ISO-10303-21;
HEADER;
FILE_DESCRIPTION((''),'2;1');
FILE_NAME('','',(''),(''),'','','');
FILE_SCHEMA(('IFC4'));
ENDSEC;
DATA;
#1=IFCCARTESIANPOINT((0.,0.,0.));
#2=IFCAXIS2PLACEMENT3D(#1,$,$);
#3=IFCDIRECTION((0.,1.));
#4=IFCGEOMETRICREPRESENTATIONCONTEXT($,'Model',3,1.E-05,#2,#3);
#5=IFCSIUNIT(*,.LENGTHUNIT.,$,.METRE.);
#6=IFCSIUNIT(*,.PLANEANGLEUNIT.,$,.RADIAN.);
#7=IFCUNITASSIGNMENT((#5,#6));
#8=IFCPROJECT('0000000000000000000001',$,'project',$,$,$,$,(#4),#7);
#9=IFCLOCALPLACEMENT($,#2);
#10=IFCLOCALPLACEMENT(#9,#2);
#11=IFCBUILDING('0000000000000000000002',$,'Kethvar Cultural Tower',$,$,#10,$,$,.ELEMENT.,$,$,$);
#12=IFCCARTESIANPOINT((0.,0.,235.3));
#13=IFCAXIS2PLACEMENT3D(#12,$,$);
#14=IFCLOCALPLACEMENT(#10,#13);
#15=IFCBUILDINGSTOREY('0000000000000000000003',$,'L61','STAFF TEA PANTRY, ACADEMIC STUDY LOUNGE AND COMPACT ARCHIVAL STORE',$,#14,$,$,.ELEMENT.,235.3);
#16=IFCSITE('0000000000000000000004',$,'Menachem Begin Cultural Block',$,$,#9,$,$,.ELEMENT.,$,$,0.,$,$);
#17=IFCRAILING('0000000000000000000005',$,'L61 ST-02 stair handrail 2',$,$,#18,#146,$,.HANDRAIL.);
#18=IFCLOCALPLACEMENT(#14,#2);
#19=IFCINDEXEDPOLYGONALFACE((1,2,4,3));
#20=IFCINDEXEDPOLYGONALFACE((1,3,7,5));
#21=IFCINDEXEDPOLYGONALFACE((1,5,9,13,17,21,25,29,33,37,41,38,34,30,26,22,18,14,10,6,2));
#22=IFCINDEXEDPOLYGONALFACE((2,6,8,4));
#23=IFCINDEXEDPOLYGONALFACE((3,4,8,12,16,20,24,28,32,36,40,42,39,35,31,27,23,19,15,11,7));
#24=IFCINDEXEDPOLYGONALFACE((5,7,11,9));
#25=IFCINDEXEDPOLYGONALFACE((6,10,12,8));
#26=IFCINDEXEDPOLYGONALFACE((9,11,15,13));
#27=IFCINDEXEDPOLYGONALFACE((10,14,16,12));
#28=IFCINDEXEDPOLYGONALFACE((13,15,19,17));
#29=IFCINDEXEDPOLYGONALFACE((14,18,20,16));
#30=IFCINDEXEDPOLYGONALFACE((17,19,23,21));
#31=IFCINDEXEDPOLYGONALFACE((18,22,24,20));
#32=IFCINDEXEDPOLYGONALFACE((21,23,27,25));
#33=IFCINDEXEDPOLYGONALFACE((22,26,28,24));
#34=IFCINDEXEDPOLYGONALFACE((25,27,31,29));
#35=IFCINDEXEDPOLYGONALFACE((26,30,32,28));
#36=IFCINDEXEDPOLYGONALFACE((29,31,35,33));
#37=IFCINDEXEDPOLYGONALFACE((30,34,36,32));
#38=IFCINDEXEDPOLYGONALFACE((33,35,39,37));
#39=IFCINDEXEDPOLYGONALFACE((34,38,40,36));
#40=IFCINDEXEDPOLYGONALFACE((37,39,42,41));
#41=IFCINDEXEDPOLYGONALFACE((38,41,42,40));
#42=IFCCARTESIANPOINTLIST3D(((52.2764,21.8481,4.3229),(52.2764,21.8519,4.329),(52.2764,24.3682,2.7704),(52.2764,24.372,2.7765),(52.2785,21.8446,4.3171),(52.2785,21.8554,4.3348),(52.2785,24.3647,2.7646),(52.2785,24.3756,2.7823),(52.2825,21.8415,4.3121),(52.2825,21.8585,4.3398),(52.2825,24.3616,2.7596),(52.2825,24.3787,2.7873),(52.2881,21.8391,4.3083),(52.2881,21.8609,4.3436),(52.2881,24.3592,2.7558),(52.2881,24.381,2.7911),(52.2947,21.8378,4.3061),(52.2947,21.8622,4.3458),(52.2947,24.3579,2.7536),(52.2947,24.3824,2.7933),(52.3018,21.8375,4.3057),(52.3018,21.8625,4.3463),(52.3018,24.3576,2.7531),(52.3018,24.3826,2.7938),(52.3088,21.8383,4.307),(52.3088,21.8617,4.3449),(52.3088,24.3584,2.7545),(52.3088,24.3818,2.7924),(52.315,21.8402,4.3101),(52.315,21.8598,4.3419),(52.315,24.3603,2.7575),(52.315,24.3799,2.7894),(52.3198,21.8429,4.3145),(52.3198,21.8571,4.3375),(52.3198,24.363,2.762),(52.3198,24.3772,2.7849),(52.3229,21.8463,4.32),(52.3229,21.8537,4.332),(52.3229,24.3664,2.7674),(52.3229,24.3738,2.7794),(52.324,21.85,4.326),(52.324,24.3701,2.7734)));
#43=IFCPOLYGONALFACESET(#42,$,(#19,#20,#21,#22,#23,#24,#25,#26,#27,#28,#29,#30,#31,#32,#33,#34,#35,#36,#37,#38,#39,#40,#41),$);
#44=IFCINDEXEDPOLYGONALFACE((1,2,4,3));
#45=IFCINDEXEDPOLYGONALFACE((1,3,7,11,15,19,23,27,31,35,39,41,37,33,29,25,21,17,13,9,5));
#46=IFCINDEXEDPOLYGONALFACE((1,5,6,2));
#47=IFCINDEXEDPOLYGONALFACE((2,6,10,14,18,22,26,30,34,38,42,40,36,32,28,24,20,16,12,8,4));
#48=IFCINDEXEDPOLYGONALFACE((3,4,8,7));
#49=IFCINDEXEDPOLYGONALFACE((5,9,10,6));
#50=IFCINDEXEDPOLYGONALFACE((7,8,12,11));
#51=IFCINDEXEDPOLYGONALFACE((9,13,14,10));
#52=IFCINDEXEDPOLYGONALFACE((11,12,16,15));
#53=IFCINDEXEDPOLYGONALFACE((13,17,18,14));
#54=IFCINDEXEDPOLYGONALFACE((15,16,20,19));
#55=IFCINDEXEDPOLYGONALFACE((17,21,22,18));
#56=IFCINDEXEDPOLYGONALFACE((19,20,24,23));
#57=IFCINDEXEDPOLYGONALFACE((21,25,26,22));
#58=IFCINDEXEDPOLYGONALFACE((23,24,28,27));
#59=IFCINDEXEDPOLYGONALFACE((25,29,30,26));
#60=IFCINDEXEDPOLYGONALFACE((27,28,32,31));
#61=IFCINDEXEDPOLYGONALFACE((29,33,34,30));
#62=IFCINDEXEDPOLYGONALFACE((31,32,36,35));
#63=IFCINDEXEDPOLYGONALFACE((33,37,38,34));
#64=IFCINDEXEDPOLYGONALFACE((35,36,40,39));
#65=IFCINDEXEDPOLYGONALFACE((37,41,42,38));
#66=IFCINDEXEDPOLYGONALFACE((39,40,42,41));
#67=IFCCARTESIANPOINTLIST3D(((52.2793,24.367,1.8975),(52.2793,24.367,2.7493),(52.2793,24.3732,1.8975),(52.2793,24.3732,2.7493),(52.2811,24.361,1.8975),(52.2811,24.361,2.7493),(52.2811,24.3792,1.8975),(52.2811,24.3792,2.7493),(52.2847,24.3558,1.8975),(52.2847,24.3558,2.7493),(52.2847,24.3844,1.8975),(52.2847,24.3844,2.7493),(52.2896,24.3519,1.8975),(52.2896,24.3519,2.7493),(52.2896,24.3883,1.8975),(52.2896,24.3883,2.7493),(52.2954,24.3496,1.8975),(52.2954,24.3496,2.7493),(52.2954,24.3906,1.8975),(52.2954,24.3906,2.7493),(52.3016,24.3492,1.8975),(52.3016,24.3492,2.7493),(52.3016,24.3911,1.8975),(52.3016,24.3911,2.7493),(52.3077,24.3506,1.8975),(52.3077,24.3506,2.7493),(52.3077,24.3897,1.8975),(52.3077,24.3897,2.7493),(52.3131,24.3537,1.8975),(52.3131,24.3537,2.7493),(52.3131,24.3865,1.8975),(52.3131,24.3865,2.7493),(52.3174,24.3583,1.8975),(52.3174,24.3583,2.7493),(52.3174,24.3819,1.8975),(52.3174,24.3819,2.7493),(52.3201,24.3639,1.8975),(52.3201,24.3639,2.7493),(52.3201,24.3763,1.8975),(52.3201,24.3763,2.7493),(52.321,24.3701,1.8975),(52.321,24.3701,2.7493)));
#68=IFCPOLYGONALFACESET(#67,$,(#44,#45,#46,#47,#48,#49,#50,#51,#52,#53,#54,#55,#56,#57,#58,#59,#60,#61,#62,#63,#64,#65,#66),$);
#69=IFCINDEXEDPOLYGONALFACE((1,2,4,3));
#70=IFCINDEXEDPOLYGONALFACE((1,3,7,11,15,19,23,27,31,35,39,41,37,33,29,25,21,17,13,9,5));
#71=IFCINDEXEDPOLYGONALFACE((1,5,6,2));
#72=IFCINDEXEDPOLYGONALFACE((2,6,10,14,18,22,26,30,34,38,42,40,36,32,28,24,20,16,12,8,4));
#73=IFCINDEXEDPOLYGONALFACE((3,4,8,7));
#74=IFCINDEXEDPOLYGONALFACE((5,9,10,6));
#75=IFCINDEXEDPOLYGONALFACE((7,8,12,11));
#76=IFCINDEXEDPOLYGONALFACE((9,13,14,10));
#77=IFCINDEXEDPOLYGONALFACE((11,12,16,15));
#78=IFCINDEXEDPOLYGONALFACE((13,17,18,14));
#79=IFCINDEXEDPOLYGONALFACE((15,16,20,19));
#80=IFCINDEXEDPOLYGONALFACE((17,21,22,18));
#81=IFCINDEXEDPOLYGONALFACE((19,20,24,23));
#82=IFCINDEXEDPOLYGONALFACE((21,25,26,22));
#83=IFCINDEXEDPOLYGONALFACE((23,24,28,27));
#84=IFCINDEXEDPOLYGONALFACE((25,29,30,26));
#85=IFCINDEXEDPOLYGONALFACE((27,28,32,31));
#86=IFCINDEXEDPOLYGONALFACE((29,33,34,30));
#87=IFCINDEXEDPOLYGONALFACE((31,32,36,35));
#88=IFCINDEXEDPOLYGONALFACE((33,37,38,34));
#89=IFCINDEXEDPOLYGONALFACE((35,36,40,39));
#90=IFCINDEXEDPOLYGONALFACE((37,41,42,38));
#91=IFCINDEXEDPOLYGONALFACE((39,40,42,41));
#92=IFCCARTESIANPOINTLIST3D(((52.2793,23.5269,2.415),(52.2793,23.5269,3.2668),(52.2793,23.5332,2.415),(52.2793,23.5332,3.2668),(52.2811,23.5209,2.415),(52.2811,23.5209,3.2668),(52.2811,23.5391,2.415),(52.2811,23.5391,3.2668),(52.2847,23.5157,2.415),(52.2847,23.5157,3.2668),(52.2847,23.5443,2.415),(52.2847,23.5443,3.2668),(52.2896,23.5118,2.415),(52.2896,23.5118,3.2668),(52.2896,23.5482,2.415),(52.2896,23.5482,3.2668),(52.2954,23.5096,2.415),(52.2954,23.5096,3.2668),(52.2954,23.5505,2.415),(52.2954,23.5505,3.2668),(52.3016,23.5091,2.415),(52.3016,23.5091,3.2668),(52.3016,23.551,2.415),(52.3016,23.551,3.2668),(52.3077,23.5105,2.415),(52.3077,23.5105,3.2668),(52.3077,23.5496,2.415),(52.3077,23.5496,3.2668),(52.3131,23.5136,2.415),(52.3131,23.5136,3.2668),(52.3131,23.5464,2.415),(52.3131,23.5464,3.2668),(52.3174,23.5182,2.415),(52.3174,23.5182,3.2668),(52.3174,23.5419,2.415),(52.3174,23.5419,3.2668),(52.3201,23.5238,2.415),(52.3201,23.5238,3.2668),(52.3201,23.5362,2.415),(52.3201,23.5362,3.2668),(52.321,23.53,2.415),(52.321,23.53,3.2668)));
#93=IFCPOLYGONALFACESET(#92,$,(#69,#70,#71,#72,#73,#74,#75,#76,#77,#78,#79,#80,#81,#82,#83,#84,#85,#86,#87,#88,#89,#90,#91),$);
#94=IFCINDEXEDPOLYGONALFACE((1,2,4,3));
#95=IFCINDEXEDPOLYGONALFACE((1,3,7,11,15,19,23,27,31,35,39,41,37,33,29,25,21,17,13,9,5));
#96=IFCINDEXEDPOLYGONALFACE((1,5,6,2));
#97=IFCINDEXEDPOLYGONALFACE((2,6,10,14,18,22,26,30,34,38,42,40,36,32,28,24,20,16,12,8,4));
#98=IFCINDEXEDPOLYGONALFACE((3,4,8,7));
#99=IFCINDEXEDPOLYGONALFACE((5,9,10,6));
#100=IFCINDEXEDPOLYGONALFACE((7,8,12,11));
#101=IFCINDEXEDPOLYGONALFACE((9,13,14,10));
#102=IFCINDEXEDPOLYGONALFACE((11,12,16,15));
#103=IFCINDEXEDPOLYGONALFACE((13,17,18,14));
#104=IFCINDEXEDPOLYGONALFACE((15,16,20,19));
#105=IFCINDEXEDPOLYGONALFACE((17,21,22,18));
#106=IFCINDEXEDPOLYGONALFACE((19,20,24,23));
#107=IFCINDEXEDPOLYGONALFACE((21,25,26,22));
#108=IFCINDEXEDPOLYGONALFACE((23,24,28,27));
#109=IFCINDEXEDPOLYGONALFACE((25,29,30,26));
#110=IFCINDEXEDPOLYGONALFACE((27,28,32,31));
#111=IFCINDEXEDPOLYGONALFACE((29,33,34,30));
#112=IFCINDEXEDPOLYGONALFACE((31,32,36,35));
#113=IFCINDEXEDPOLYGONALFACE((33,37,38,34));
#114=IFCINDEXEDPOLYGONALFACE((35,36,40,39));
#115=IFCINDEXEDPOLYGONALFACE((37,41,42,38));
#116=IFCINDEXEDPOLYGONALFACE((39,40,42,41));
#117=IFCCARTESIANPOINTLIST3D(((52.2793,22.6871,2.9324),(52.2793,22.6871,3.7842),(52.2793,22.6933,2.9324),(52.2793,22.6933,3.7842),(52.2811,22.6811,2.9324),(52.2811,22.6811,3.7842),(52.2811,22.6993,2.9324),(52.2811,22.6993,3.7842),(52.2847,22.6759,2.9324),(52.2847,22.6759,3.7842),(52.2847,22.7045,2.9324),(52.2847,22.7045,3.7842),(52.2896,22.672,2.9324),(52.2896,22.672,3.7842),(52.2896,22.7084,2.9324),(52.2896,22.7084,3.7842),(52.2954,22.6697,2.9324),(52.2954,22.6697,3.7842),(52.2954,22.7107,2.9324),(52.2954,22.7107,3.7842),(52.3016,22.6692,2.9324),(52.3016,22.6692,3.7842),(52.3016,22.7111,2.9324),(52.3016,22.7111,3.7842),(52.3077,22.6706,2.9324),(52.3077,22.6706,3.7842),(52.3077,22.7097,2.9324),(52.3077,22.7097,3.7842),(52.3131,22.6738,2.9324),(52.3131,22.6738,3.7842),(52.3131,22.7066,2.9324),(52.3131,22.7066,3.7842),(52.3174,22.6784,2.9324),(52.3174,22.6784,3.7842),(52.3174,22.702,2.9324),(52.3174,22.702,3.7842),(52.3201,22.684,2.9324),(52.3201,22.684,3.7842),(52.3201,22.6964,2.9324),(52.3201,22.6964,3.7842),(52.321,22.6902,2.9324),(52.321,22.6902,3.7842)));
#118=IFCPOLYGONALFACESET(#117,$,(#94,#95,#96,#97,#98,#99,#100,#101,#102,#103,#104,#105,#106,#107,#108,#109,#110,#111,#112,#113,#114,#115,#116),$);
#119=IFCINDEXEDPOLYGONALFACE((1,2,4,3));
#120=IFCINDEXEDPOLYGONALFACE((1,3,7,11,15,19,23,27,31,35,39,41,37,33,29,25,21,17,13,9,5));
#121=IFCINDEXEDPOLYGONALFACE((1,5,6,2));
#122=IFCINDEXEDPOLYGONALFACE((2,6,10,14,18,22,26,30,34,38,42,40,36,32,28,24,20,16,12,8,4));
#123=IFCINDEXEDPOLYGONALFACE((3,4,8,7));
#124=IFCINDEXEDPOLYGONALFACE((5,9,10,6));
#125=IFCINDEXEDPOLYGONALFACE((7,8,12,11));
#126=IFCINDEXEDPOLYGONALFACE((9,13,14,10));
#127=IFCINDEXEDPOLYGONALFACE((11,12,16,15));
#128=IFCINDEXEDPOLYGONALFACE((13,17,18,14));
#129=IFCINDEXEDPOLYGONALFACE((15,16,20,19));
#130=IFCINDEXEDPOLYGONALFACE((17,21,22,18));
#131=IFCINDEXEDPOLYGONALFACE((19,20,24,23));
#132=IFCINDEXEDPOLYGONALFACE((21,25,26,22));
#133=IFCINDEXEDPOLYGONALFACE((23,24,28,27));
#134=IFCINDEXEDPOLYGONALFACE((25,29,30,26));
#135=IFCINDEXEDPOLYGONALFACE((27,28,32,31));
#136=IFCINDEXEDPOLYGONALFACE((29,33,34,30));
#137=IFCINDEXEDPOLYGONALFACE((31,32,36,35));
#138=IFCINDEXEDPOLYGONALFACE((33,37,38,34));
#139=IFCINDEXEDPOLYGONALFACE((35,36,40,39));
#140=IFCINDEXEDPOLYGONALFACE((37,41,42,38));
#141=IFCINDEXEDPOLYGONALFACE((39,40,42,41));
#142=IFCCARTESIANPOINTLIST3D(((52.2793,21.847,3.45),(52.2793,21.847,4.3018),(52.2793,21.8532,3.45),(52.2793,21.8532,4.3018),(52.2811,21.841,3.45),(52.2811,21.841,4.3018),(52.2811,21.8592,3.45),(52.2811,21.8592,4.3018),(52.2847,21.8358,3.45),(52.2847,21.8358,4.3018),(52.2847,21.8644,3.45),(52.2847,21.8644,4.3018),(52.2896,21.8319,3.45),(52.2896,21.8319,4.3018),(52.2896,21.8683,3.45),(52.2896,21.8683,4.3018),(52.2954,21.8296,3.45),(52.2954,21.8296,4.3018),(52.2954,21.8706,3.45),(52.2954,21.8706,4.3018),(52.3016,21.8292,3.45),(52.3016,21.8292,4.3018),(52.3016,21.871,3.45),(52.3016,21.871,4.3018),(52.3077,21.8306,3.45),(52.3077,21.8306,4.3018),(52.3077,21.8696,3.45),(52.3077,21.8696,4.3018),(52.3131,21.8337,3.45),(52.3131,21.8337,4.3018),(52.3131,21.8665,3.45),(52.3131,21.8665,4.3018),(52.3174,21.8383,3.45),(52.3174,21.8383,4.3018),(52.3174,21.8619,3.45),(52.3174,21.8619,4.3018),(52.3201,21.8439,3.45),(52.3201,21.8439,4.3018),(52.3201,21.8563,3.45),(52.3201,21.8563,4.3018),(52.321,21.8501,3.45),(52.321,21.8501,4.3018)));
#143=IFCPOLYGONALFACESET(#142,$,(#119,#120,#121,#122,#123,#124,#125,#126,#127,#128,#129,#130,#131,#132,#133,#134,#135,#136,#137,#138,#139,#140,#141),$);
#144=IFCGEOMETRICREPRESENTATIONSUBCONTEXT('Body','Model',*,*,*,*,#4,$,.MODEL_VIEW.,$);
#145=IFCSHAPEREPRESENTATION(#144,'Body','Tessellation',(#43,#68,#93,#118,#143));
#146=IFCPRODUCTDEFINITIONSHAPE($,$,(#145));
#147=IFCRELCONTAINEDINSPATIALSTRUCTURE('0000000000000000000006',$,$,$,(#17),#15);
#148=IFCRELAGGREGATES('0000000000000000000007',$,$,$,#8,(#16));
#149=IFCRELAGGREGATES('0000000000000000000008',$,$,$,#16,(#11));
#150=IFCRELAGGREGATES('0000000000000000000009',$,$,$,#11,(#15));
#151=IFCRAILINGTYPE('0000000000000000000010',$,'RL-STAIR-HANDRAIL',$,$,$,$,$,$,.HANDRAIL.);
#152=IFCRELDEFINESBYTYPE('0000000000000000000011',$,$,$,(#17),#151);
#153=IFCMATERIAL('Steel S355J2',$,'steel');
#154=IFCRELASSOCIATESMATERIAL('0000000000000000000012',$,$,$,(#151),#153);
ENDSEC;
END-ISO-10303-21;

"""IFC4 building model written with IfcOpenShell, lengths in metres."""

from ifc_helpers import new_model, si_unit, direction, frame, origin, origin_2d, place, context, subcontext, project, spatial, circle, extrude, material, type_object, element, save


model = new_model("IFC4")

# Units and contexts
model_context = context("Model", 3, precision=1e-05, world=origin(), true_north=direction((0.0, 1.0)))
body_context = subcontext(model_context, "Body", "Model", "MODEL_VIEW")
ifc_project = project(units=[si_unit("LENGTHUNIT", "METRE"), si_unit("PLANEANGLEUNIT", "RADIAN")], contexts=[model_context])

# Site, building, storey
site_placement = place(None, origin())
site = spatial("IfcSite", under=ifc_project, at=site_placement, Name="Menachem Begin Cultural Block", CompositionType="ELEMENT", RefElevation=0.0)
building_placement = place(site_placement, origin())
building = spatial("IfcBuilding", under=site, at=building_placement, Name="Kethvar Cultural Tower", CompositionType="ELEMENT")
storey_placement = place(building_placement, frame((0.0, 0.0, 235.3)))
storey = spatial("IfcBuildingStorey", under=building, at=storey_placement, Name="L61", Description="STAFF TEA PANTRY, ACADEMIC STUDY LOUNGE AND COMPACT ARCHIVAL STORE", CompositionType="ELEMENT", Elevation=235.3)

# Shared definitions
ifc_material_1 = material(Name="Steel S355J2", Category="steel")

# Railing
railing_type_1 = type_object("IfcRailingType", Name="RL-STAIR-HANDRAIL", PredefinedType="HANDRAIL", material=ifc_material_1)
railing_1_placement = place(storey_placement, frame((52.3, 24.3701, 1.8975)))
element("IfcRailing", 1, at=railing_1_placement, inside=storey, type_object=railing_type_1, Name="L61 ST-02 stair handrail 2", PredefinedType="HANDRAIL", context=body_context, shape_type="SweptSolid", body=[
    extrude(circle(Radius=0.0239, at=origin_2d()), frame((0.0, 0.0, 0.876), z_axis=(0.0, -0.8514, 0.524516), x_axis=(1.0, 0.0, 0.0)), (0.0, 0.0, 1.0), 2.96),
    extrude(circle(Radius=0.021, at=origin_2d()), origin(), (0.0, 0.0, 1.0), 0.8518),
    extrude(circle(Radius=0.021, at=origin_2d()), frame((0.0, -0.8401, 0.5176)), (0.0, 0.0, 1.0), 0.8518),
    extrude(circle(Radius=0.021, at=origin_2d()), frame((0.0, -1.6799, 1.0349)), (0.0, 0.0, 1.0), 0.8518),
    extrude(circle(Radius=0.021, at=origin_2d()), frame((0.0, -2.52, 1.5525)), (0.0, 0.0, 1.0), 0.8518),
])

save(model, "model.ifc")
